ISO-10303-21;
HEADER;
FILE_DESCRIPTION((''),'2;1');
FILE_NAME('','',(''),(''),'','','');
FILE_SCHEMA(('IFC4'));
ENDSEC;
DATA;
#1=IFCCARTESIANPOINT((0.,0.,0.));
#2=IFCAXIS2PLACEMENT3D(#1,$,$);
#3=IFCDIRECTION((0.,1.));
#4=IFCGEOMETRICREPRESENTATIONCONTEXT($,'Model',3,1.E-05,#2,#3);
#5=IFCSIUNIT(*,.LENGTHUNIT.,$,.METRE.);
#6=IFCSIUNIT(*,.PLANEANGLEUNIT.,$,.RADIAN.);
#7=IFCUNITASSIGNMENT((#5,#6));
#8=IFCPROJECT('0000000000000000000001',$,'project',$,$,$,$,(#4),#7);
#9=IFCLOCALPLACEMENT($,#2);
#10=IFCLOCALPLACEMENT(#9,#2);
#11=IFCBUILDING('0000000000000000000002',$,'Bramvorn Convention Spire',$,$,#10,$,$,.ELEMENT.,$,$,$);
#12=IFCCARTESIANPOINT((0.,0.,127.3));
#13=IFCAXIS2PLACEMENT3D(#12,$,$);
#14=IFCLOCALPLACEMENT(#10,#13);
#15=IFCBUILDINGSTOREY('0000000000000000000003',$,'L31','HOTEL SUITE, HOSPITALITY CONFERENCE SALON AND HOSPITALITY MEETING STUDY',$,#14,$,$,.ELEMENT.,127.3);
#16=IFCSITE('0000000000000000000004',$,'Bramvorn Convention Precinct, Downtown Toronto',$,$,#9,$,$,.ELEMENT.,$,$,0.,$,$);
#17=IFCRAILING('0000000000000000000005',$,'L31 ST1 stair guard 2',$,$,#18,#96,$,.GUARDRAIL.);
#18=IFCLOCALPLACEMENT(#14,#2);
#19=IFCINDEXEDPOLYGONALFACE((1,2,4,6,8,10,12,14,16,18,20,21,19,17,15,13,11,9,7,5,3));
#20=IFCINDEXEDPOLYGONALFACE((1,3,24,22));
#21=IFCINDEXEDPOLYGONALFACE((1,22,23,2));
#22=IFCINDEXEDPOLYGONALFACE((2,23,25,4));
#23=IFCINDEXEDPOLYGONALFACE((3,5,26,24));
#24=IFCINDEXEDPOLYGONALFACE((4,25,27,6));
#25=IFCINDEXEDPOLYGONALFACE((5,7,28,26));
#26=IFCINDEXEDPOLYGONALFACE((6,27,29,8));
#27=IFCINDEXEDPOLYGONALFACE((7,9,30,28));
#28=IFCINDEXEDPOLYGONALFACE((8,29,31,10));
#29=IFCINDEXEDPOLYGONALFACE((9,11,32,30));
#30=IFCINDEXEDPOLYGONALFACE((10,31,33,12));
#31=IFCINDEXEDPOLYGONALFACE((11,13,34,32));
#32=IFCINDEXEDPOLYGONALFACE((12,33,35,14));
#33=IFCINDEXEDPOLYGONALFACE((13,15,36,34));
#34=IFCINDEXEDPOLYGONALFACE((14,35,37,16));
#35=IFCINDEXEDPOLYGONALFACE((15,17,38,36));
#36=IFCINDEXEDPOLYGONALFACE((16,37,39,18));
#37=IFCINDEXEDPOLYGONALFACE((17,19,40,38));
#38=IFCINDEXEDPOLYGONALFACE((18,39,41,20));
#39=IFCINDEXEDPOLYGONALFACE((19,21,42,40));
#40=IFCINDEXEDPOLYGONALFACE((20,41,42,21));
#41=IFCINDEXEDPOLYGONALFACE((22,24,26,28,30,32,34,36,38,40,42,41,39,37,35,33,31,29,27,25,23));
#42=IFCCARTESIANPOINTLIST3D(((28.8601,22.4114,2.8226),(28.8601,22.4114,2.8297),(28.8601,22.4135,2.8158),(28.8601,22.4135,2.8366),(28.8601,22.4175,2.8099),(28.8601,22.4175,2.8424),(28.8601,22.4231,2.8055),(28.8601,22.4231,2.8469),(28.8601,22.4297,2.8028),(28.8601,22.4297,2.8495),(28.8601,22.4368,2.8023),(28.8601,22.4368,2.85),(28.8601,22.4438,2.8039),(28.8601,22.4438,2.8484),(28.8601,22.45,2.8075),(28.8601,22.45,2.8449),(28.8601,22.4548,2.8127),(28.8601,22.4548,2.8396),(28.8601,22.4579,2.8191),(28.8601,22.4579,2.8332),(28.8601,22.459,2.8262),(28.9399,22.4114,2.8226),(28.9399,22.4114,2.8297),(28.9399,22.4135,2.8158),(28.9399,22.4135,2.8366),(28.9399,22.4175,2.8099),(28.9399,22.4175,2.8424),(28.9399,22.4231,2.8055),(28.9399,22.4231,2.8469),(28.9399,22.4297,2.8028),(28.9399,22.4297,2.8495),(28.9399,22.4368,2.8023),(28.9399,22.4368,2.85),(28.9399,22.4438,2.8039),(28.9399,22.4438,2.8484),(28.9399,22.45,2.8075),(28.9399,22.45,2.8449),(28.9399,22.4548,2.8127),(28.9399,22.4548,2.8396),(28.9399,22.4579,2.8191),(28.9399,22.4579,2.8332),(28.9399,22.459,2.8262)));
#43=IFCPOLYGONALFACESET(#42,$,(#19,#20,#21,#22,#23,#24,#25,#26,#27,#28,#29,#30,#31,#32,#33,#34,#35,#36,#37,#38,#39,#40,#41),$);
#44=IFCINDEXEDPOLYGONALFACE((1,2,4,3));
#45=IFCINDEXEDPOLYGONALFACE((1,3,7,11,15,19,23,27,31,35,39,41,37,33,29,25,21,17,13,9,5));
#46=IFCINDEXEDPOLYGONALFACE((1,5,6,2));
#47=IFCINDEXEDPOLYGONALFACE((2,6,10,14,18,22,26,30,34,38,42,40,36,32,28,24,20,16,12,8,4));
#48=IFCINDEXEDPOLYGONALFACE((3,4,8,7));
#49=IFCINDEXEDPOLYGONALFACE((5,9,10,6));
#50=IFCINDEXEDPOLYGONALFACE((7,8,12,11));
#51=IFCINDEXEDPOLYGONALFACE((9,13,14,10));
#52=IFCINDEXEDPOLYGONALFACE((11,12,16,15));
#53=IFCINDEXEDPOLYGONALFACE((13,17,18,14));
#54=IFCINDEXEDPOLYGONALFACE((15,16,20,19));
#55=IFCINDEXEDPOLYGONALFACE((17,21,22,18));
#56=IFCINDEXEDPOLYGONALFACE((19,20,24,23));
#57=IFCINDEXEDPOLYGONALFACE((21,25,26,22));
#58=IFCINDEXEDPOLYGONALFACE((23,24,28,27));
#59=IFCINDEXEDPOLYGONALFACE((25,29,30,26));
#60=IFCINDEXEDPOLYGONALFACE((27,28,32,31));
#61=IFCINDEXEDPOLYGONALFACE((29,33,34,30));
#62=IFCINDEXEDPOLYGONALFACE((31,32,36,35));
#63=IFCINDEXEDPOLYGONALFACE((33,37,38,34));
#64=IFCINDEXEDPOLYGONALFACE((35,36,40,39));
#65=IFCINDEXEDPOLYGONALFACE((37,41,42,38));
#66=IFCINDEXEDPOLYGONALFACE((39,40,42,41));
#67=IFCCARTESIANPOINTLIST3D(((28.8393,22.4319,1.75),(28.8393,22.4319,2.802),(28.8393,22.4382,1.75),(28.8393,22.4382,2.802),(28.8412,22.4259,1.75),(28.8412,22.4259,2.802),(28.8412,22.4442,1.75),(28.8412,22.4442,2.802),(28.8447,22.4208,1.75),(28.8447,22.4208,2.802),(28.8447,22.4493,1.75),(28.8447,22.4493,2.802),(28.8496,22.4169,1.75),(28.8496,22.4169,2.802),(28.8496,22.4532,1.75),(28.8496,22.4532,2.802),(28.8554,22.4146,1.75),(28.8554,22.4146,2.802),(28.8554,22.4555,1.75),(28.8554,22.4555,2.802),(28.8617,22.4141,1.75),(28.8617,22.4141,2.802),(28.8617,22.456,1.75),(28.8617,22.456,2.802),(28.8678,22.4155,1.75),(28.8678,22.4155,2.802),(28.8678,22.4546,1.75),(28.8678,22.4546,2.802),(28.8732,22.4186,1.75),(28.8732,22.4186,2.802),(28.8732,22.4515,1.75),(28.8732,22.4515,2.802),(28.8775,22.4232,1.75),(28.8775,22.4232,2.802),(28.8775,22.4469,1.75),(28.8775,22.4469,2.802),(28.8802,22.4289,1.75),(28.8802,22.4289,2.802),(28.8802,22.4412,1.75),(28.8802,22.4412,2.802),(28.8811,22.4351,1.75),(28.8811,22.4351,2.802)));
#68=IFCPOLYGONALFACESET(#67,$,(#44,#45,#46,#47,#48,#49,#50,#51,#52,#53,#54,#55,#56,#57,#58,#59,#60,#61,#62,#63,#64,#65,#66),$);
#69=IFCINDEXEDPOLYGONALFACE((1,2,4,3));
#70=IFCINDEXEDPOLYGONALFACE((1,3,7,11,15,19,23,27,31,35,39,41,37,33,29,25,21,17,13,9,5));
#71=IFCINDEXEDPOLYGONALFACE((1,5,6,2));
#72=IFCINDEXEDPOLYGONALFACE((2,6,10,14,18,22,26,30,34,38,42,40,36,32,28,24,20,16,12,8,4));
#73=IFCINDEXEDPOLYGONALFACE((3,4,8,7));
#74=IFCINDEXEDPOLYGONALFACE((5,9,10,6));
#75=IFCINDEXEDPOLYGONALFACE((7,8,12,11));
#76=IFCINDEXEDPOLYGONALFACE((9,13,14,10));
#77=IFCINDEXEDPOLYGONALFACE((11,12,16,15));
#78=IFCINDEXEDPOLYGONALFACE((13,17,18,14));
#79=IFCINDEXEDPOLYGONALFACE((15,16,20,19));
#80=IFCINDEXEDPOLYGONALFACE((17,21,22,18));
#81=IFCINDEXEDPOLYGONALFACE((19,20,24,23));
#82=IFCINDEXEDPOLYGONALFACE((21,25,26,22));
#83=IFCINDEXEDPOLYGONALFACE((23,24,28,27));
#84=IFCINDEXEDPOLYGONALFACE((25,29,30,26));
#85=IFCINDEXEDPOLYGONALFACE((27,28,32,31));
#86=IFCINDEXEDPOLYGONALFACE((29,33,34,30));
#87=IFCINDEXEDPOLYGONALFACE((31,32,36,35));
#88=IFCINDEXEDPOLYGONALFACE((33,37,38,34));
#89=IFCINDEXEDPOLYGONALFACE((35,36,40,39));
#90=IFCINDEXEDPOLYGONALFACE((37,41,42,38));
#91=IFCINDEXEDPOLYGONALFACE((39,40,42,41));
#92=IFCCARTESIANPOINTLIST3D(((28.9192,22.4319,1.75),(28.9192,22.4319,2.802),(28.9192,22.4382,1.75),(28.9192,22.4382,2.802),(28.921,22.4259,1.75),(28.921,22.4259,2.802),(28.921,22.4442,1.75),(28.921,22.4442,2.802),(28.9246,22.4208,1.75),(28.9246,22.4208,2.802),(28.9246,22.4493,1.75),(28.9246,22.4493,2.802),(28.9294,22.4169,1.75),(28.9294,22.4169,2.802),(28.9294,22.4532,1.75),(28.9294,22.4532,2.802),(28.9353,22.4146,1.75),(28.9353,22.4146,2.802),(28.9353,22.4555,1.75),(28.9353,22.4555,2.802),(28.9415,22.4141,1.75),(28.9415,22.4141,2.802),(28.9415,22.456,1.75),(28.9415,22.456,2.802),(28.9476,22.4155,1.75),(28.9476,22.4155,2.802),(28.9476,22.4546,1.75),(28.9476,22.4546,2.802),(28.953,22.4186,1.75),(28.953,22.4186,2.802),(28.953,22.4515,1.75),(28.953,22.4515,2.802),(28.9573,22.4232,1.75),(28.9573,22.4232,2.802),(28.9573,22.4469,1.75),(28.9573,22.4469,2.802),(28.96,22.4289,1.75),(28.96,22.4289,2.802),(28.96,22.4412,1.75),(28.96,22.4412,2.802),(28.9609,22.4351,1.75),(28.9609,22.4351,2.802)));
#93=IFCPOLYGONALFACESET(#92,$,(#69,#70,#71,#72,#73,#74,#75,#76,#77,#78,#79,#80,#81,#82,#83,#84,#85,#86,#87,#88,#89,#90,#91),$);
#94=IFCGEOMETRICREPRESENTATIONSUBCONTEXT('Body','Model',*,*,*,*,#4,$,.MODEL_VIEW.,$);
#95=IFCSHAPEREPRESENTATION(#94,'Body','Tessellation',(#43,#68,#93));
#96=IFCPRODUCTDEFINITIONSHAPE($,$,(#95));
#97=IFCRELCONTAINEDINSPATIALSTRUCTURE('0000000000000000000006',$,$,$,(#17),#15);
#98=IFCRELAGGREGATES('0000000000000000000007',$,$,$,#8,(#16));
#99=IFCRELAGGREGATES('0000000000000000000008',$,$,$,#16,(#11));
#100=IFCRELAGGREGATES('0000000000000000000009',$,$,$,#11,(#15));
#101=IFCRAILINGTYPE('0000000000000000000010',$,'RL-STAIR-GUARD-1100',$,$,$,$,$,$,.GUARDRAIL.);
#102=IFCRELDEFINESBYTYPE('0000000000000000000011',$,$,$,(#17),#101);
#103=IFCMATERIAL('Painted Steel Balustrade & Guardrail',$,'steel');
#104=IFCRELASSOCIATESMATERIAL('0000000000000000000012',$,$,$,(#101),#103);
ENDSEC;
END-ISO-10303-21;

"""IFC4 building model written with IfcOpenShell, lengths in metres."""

from ifc_helpers import new_model, si_unit, direction, frame, origin, origin_2d, place, context, subcontext, project, spatial, circle, extrude, material, type_object, element, save


model = new_model("IFC4")

# Units and contexts
model_context = context("Model", 3, precision=1e-05, world=origin(), true_north=direction((0.0, 1.0)))
body_context = subcontext(model_context, "Body", "Model", "MODEL_VIEW")
ifc_project = project(units=[si_unit("LENGTHUNIT", "METRE"), si_unit("PLANEANGLEUNIT", "RADIAN")], contexts=[model_context])

# Site, building, storey
site_placement = place(None, origin())
site = spatial("IfcSite", under=ifc_project, at=site_placement, Name="Bramvorn Convention Precinct, Downtown Toronto", CompositionType="ELEMENT", RefElevation=0.0)
building_placement = place(site_placement, origin())
building = spatial("IfcBuilding", under=site, at=building_placement, Name="Bramvorn Convention Spire", CompositionType="ELEMENT")
storey_placement = place(building_placement, frame((0.0, 0.0, 127.3)))
storey = spatial("IfcBuildingStorey", under=building, at=storey_placement, Name="L31", Description="HOTEL SUITE, HOSPITALITY CONFERENCE SALON AND HOSPITALITY MEETING STUDY", CompositionType="ELEMENT", Elevation=127.3)

# Railing
ifc_material_1 = material(Name="Painted Steel Balustrade & Guardrail", Category="steel")
railing_type_1 = type_object("IfcRailingType", Name="RL-STAIR-GUARD-1100", PredefinedType="GUARDRAIL", material=ifc_material_1)
railing_1_placement = place(storey_placement, frame((28.8601, 22.4351, 1.75)))
element("IfcRailing", 1, at=railing_1_placement, inside=storey, type_object=railing_type_1, Name="L31 ST1 stair guard 2", PredefinedType="GUARDRAIL", context=body_context, shape_type="SweptSolid", body=[
    extrude(circle(Radius=0.0239, at=origin_2d()), frame((0.0, 0.0, 1.0762), z_axis=(1.0, 0.0, 0.0), x_axis=(0.0, 1.0, 0.0)), (0.0, 0.0, 1.0), 0.0798),
    extrude(circle(Radius=0.021, at=origin_2d()), origin(), (0.0, 0.0, 1.0), 1.052),
    extrude(circle(Radius=0.021, at=origin_2d()), frame((0.0798, 0.0, 0.0)), (0.0, 0.0, 1.0), 1.052),
])

save(model, "model.ifc")
